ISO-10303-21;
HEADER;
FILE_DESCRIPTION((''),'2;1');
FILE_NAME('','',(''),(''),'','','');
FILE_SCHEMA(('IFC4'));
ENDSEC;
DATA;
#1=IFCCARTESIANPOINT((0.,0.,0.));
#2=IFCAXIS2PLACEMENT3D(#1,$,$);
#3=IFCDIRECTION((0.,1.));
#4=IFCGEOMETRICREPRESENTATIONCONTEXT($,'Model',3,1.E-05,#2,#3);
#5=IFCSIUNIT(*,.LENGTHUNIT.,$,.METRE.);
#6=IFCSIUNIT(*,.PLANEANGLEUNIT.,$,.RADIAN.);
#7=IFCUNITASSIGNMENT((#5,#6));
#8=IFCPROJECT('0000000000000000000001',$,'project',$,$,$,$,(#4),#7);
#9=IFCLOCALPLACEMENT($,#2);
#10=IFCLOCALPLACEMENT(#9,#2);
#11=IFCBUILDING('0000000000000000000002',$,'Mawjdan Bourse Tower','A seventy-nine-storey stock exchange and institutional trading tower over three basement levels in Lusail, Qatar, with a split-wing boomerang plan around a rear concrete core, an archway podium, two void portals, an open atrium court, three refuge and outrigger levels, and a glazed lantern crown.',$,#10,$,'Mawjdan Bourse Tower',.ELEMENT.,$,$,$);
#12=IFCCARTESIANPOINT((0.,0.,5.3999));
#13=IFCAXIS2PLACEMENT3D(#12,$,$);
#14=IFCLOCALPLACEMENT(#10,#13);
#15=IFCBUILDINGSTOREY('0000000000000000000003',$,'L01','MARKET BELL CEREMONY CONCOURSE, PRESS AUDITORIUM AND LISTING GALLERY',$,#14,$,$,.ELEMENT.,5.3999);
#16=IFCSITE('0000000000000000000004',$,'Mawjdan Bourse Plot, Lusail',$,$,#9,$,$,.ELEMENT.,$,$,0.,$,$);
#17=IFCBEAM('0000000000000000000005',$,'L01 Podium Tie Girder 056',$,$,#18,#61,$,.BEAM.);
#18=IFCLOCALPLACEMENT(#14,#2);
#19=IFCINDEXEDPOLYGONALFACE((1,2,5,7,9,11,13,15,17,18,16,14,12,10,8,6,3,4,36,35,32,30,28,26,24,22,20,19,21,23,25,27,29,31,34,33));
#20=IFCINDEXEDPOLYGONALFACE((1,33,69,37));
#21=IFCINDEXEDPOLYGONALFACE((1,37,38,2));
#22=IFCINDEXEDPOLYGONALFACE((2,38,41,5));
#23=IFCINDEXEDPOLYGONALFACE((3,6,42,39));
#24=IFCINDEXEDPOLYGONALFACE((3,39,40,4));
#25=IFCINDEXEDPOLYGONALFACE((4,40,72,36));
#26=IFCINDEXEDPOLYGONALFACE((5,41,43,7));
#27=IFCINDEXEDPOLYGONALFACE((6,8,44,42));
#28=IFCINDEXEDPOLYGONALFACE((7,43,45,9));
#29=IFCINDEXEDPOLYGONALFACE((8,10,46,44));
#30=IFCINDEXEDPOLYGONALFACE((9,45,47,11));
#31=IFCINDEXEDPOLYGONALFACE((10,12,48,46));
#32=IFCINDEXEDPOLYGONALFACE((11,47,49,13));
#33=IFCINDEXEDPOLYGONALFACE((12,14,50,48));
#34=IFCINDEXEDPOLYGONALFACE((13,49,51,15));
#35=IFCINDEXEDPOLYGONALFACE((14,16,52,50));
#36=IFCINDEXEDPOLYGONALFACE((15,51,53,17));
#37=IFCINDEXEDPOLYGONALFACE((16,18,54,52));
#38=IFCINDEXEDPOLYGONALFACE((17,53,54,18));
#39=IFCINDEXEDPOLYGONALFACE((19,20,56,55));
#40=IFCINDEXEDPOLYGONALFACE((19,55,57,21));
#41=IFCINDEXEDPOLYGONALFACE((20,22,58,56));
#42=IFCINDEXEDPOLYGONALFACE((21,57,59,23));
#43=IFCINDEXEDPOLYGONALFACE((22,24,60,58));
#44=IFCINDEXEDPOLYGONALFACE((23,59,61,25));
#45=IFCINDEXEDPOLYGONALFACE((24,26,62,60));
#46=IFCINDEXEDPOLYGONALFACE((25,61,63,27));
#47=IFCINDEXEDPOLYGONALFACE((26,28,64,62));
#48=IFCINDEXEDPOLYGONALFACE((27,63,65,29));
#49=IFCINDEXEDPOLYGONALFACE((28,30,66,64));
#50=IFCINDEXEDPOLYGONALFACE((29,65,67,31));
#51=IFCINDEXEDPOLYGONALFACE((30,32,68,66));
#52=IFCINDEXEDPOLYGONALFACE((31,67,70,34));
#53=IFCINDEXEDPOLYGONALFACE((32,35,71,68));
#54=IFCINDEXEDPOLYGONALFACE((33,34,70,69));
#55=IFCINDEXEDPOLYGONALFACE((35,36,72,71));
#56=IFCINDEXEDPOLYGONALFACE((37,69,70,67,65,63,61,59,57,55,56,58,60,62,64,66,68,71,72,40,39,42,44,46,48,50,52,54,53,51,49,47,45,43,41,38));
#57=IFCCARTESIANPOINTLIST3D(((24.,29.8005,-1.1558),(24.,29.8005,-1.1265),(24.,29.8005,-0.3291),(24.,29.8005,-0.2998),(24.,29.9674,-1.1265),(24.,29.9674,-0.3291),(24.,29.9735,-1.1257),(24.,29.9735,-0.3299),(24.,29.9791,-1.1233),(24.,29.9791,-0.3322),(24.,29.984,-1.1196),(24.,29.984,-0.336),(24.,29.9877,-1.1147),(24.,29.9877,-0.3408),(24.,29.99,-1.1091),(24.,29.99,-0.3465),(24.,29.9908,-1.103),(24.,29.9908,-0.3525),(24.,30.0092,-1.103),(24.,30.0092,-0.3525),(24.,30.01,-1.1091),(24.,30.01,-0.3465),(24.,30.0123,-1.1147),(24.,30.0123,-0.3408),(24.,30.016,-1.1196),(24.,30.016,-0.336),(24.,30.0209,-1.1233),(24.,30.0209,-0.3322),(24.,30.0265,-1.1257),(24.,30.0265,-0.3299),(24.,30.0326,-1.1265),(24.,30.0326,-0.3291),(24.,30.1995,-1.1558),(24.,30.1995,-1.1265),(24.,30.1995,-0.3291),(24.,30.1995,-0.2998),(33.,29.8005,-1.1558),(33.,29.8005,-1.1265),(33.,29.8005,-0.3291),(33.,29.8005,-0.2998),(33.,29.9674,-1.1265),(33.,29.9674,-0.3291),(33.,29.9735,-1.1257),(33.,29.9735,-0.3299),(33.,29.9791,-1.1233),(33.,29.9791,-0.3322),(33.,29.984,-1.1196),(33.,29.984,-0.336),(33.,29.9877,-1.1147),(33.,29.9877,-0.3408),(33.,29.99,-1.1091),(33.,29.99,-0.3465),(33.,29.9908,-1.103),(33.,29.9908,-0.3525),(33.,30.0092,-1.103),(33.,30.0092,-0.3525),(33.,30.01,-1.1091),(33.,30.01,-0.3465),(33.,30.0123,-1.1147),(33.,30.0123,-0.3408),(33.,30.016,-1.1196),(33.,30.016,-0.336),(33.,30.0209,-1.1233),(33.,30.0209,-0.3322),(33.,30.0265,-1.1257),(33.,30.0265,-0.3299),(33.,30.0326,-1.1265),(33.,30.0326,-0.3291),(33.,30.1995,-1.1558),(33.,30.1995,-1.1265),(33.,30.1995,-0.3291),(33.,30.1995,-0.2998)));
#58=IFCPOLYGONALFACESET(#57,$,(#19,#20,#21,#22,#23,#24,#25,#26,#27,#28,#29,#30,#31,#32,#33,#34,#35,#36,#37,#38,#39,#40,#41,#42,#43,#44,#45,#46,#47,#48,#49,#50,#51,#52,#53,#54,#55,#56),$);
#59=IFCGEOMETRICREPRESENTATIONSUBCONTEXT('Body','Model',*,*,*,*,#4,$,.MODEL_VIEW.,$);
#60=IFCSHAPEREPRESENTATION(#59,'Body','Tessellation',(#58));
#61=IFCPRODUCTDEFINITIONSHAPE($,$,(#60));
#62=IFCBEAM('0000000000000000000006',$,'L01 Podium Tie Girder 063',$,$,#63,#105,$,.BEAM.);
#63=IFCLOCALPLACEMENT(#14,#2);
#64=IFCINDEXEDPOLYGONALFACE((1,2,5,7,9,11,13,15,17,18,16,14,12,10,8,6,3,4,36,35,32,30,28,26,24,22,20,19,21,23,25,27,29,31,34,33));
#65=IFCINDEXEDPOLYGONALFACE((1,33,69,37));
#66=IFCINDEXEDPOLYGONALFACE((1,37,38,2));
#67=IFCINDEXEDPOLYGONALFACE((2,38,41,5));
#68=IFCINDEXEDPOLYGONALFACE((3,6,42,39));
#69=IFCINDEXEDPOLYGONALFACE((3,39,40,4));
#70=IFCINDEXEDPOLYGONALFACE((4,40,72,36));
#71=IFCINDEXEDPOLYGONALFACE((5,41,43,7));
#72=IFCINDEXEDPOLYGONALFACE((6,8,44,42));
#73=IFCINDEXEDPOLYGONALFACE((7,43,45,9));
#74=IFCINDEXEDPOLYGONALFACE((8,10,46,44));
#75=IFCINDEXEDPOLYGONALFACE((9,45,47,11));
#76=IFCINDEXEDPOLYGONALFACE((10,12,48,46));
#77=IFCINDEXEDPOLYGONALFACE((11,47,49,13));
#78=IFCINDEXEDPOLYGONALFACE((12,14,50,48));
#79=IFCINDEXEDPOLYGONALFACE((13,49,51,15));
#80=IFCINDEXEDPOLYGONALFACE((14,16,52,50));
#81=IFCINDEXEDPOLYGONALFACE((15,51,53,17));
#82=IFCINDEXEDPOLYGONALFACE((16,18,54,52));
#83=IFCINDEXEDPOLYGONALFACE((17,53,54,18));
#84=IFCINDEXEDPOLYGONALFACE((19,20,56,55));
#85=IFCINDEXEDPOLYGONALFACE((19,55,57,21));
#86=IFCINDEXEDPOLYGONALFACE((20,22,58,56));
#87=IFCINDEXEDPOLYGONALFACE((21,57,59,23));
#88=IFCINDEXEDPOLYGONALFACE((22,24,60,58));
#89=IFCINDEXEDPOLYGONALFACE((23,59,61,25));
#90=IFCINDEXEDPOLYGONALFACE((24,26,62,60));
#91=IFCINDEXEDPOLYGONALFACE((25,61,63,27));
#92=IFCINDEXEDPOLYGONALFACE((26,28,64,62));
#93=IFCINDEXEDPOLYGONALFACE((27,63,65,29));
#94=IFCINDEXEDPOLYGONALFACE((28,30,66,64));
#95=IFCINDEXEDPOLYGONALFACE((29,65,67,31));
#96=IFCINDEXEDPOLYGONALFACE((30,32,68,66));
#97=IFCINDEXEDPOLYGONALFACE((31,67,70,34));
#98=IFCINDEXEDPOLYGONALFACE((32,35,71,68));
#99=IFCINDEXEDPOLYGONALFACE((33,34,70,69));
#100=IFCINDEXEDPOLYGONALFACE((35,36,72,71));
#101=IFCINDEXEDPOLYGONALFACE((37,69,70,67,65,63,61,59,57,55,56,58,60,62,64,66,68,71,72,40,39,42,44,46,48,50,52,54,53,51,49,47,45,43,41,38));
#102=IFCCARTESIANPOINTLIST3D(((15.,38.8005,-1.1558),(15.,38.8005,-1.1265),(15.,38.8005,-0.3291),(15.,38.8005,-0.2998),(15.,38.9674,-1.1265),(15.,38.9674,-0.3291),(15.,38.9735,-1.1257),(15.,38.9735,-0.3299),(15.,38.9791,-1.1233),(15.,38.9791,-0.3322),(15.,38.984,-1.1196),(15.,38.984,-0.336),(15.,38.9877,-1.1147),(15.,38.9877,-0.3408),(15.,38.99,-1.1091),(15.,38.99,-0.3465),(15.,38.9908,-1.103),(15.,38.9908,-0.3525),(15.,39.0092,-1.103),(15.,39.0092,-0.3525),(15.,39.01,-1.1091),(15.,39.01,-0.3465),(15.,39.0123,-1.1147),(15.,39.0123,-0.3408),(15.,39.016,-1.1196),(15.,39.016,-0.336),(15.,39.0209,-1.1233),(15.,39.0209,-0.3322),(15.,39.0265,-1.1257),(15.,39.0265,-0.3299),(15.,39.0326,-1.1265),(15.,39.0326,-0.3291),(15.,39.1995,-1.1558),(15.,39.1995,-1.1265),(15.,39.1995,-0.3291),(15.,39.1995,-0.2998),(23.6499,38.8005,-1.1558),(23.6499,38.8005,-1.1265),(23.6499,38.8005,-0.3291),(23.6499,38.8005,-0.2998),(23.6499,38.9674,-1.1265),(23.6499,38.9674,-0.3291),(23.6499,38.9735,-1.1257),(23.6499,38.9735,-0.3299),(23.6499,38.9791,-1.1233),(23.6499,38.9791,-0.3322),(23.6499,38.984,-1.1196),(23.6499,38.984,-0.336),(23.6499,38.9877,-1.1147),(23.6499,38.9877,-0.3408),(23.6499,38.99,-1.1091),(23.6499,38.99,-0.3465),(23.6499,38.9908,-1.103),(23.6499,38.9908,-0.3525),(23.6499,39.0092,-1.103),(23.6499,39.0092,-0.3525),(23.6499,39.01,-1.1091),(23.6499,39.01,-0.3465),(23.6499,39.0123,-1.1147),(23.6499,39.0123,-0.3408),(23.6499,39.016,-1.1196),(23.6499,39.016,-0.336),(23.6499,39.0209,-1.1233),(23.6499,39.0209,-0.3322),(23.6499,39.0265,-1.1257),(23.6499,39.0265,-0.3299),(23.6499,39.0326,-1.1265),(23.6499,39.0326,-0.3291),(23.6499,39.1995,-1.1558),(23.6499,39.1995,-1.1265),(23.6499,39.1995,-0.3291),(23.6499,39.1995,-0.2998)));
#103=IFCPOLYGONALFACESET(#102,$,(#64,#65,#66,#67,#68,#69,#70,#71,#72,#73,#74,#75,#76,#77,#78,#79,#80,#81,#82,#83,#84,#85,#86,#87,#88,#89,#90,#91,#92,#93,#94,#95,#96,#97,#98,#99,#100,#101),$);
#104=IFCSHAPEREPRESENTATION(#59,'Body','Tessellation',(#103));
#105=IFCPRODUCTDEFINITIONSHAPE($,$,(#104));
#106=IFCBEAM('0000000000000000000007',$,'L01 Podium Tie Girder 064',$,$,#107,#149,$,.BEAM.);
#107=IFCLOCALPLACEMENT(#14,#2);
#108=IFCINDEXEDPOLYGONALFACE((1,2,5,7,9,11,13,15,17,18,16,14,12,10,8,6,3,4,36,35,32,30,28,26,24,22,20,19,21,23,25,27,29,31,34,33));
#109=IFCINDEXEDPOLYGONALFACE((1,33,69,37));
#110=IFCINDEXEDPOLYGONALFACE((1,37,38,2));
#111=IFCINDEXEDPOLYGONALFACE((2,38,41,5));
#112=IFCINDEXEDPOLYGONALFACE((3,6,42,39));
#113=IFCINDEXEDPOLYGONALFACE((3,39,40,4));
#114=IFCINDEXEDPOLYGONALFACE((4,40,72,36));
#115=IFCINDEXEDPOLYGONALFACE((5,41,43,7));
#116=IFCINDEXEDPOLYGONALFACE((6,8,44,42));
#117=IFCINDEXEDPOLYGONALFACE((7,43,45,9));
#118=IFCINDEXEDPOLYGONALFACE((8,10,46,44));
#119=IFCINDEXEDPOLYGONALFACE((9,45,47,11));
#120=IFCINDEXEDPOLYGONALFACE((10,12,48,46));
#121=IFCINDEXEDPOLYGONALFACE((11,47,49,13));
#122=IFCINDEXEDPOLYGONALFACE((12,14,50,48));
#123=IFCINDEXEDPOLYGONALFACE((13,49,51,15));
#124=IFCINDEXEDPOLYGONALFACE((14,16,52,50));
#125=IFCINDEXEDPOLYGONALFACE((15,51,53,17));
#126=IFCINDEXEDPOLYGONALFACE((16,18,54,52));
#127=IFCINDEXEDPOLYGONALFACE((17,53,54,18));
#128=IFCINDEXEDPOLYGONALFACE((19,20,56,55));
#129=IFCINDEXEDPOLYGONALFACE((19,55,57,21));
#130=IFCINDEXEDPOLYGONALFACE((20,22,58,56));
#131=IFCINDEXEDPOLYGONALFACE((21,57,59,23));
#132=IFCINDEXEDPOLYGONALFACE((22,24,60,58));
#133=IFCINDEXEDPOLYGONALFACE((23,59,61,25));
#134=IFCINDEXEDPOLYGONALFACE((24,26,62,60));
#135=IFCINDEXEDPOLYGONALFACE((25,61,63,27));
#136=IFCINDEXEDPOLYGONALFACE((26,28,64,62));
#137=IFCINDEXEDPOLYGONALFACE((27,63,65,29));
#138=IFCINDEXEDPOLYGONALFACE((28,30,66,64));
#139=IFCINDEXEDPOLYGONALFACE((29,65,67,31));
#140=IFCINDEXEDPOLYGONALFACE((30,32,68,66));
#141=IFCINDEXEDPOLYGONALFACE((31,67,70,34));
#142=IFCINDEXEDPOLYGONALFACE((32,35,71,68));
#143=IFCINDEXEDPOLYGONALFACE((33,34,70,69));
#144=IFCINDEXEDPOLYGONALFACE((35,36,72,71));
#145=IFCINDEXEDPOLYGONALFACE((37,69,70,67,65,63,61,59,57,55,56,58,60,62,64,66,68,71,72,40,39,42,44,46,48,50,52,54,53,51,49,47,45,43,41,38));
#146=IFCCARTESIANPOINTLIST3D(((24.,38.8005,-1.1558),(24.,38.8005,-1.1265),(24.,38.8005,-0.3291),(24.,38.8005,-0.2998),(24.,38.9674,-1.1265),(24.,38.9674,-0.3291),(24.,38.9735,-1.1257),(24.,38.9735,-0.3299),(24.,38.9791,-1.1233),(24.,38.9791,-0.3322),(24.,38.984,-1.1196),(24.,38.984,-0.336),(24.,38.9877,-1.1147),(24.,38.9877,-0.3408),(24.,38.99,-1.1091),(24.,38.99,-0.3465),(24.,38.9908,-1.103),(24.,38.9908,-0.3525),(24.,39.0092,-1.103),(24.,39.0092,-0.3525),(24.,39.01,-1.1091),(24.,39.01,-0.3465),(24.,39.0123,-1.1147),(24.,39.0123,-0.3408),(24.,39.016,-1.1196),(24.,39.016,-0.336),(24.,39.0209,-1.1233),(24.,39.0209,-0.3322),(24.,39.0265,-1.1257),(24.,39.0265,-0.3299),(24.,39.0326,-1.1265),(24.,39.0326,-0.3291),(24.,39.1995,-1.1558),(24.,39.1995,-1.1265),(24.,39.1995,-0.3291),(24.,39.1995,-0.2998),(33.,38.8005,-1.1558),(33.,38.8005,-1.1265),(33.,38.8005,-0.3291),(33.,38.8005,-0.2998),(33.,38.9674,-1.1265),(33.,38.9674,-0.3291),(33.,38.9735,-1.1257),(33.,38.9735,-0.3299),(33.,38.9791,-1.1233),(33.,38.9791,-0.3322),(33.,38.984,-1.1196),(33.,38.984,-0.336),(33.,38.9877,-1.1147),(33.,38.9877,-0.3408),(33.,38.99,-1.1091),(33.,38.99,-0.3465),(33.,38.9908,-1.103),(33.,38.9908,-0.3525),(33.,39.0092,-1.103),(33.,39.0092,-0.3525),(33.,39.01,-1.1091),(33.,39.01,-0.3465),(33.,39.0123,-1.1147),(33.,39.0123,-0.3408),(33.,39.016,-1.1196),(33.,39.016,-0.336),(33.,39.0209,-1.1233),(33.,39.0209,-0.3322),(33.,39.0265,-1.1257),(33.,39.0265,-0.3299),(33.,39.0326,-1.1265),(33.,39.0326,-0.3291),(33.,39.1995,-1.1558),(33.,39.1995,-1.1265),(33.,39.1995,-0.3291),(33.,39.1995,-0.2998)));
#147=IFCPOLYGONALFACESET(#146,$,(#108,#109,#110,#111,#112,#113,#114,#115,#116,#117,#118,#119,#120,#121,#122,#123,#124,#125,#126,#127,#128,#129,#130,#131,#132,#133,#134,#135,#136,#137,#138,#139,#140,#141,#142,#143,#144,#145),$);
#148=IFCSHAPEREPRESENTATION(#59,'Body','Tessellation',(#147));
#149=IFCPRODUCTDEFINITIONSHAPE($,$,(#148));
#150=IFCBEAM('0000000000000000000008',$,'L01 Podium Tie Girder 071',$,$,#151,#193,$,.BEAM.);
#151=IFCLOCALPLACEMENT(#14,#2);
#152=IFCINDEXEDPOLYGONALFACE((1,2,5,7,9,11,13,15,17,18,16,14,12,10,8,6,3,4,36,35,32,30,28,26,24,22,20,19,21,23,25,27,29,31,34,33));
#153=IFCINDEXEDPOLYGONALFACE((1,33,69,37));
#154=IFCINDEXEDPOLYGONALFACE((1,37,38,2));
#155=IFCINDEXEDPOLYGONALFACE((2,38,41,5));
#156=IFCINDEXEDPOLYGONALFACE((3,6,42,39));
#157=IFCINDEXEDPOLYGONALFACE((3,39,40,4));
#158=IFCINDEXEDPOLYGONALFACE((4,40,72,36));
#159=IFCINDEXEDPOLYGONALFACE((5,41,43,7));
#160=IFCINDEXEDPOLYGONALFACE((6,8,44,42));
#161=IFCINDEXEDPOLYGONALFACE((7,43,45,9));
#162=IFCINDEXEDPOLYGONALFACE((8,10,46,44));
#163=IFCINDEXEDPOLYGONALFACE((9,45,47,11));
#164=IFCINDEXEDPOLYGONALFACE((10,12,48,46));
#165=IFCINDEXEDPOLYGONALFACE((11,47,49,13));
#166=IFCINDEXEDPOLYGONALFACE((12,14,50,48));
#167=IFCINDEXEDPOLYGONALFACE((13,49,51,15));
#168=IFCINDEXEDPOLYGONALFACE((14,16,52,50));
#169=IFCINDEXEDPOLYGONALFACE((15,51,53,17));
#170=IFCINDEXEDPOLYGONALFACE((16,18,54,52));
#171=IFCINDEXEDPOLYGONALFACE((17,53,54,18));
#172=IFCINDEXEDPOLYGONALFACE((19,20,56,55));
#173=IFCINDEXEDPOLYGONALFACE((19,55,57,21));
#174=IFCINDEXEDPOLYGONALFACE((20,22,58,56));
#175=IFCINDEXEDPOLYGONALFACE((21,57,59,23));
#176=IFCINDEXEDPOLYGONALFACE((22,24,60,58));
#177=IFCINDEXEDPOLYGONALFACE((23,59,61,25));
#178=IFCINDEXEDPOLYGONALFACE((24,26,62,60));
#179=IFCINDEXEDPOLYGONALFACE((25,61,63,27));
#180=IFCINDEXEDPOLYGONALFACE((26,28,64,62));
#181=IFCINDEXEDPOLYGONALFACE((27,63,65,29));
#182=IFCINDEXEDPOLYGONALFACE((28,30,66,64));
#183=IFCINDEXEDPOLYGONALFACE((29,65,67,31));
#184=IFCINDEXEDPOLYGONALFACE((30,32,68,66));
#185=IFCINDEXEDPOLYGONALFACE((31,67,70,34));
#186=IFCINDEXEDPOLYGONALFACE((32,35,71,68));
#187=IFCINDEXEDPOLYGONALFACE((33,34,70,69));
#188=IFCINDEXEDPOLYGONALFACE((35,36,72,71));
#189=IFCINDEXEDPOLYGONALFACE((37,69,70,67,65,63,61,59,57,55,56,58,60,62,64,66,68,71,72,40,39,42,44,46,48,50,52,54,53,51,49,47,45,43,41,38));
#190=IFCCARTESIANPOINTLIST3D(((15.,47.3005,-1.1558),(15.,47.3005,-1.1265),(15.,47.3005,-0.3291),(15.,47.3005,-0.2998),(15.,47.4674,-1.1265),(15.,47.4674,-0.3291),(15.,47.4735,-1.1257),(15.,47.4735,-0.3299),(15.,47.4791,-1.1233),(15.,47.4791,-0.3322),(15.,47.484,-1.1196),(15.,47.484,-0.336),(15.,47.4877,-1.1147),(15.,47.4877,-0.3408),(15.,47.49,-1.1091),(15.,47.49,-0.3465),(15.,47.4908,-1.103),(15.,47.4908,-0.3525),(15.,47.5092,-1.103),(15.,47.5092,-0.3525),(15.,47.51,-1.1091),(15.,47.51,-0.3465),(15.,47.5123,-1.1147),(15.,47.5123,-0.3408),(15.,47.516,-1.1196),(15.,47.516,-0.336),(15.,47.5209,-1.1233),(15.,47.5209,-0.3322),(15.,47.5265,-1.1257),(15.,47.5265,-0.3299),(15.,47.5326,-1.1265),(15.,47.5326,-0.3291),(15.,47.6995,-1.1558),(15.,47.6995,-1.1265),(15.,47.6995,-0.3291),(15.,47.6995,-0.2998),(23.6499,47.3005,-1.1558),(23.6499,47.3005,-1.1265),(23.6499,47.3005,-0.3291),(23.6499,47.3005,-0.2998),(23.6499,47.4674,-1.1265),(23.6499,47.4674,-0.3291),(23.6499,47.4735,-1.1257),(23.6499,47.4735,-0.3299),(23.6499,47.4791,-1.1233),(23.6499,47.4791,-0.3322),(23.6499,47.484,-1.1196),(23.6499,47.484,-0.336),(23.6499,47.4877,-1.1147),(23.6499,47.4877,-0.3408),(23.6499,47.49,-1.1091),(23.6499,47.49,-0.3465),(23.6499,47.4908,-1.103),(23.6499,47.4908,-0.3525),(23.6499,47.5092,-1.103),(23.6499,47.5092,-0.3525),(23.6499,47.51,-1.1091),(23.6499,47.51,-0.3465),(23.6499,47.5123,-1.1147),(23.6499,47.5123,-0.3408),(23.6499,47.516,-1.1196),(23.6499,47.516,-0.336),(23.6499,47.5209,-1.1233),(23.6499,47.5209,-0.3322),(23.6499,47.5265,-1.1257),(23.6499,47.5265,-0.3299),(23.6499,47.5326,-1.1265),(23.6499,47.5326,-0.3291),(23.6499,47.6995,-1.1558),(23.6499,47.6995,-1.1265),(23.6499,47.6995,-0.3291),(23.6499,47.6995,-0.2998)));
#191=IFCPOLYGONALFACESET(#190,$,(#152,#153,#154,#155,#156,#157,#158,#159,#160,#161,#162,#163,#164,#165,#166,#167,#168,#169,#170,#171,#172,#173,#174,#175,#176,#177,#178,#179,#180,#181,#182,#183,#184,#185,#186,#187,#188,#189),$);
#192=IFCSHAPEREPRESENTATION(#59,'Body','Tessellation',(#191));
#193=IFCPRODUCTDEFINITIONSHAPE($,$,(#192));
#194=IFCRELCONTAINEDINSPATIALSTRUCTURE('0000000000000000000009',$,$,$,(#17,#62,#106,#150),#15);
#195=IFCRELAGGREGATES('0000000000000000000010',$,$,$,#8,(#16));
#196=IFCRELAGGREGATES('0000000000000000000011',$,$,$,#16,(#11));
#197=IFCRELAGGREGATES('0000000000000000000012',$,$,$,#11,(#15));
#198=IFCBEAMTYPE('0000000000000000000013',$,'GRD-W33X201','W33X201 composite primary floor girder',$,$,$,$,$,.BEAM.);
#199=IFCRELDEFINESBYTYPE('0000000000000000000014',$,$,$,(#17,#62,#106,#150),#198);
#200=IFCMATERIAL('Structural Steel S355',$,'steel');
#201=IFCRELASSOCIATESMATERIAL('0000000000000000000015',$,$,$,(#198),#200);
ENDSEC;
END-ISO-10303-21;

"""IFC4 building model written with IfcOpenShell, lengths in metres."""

from ifc_helpers import new_model, si_unit, direction, frame, origin, origin_2d, place, context, subcontext, project, spatial, i_section, extrude, material, material_profile, profile_set, type_object, element, save


model = new_model("IFC4")

# Units and contexts
model_context = context("Model", 3, precision=1e-05, world=origin(), true_north=direction((0.0, 1.0)))
body_context = subcontext(model_context, "Body", "Model", "MODEL_VIEW")
ifc_project = project(units=[si_unit("LENGTHUNIT", "METRE"), si_unit("PLANEANGLEUNIT", "RADIAN")], contexts=[model_context])

# Site, building, storey
site_placement = place(None, origin())
site = spatial("IfcSite", under=ifc_project, at=site_placement, Name="Mawjdan Bourse Plot, Lusail", CompositionType="ELEMENT", RefElevation=0.0)
building_placement = place(site_placement, origin())
building = spatial("IfcBuilding", under=site, at=building_placement, Name="Mawjdan Bourse Tower", Description="A seventy-nine-storey stock exchange and institutional trading tower over three basement levels in Lusail, Qatar, with a split-wing boomerang plan around a rear concrete core, an archway podium, two void portals, an open atrium court, three refuge and outrigger levels, and a glazed lantern crown.", LongName="Mawjdan Bourse Tower", CompositionType="ELEMENT")
storey_placement = place(building_placement, frame((0.0, 0.0, 5.3999)))
storey = spatial("IfcBuildingStorey", under=building, at=storey_placement, Name="L01", Description="MARKET BELL CEREMONY CONCOURSE, PRESS AUDITORIUM AND LISTING GALLERY", CompositionType="ELEMENT", Elevation=5.3999)

# Beams
ifc_material_1 = material(Name="Structural Steel S355", Category="steel")
ifc_material_profile_1 = material_profile(ifc_material_1, i_section(OverallWidth=0.3989, OverallDepth=0.856, WebThickness=0.0183, FlangeThickness=0.0293, FilletRadius=0.0234, at=origin_2d()), Name="W33X201")
ifc_profile_set_1 = profile_set([ifc_material_profile_1], Name="Structural Steel S355")
beam_type_1 = type_object("IfcBeamType", Name="GRD-W33X201", Description="W33X201 composite primary floor girder", PredefinedType="BEAM", material=ifc_profile_set_1)
beam_1_placement = place(storey_placement, frame((24.0, 30.0, -0.7278), z_axis=(1.0, 0.0, 0.0), x_axis=(0.0, 1.0, 0.0)))
element("IfcBeam", 1, at=beam_1_placement, inside=storey, type_object=beam_type_1, Name="L01 Podium Tie Girder 056", PredefinedType="BEAM", context=body_context, shape_type="SweptSolid", body=[
    extrude(i_section(OverallWidth=0.3989, OverallDepth=0.856, WebThickness=0.0183, FlangeThickness=0.0293, FilletRadius=0.0234, at=origin_2d()), origin(), (0.0, 0.0, 1.0), 9.0),
])
beam_2_placement = place(storey_placement, frame((15.0, 39.0, -0.7278), z_axis=(1.0, 0.0, 0.0), x_axis=(0.0, 1.0, 0.0)))
element("IfcBeam", 2, at=beam_2_placement, inside=storey, type_object=beam_type_1, Name="L01 Podium Tie Girder 063", PredefinedType="BEAM", context=body_context, shape_type="SweptSolid", body=[
    extrude(i_section(OverallWidth=0.3989, OverallDepth=0.856, WebThickness=0.0183, FlangeThickness=0.0293, FilletRadius=0.0234, at=origin_2d()), origin(), (0.0, 0.0, 1.0), 8.6499),
])
beam_3_placement = place(storey_placement, frame((24.0, 39.0, -0.7278), z_axis=(1.0, 0.0, 0.0), x_axis=(0.0, 1.0, 0.0)))
element("IfcBeam", 3, at=beam_3_placement, inside=storey, type_object=beam_type_1, Name="L01 Podium Tie Girder 064", PredefinedType="BEAM", context=body_context, shape_type="SweptSolid", body=[
    extrude(i_section(OverallWidth=0.3989, OverallDepth=0.856, WebThickness=0.0183, FlangeThickness=0.0293, FilletRadius=0.0234, at=origin_2d()), origin(), (0.0, 0.0, 1.0), 9.0),
])
beam_4_placement = place(storey_placement, frame((15.0, 47.5, -0.7278), z_axis=(1.0, 0.0, 0.0), x_axis=(0.0, 1.0, 0.0)))
element("IfcBeam", 4, at=beam_4_placement, inside=storey, type_object=beam_type_1, Name="L01 Podium Tie Girder 071", PredefinedType="BEAM", context=body_context, shape_type="SweptSolid", body=[
    extrude(i_section(OverallWidth=0.3989, OverallDepth=0.856, WebThickness=0.0183, FlangeThickness=0.0293, FilletRadius=0.0234, at=origin_2d()), origin(), (0.0, 0.0, 1.0), 8.6499),
])

save(model, "model.ifc")
